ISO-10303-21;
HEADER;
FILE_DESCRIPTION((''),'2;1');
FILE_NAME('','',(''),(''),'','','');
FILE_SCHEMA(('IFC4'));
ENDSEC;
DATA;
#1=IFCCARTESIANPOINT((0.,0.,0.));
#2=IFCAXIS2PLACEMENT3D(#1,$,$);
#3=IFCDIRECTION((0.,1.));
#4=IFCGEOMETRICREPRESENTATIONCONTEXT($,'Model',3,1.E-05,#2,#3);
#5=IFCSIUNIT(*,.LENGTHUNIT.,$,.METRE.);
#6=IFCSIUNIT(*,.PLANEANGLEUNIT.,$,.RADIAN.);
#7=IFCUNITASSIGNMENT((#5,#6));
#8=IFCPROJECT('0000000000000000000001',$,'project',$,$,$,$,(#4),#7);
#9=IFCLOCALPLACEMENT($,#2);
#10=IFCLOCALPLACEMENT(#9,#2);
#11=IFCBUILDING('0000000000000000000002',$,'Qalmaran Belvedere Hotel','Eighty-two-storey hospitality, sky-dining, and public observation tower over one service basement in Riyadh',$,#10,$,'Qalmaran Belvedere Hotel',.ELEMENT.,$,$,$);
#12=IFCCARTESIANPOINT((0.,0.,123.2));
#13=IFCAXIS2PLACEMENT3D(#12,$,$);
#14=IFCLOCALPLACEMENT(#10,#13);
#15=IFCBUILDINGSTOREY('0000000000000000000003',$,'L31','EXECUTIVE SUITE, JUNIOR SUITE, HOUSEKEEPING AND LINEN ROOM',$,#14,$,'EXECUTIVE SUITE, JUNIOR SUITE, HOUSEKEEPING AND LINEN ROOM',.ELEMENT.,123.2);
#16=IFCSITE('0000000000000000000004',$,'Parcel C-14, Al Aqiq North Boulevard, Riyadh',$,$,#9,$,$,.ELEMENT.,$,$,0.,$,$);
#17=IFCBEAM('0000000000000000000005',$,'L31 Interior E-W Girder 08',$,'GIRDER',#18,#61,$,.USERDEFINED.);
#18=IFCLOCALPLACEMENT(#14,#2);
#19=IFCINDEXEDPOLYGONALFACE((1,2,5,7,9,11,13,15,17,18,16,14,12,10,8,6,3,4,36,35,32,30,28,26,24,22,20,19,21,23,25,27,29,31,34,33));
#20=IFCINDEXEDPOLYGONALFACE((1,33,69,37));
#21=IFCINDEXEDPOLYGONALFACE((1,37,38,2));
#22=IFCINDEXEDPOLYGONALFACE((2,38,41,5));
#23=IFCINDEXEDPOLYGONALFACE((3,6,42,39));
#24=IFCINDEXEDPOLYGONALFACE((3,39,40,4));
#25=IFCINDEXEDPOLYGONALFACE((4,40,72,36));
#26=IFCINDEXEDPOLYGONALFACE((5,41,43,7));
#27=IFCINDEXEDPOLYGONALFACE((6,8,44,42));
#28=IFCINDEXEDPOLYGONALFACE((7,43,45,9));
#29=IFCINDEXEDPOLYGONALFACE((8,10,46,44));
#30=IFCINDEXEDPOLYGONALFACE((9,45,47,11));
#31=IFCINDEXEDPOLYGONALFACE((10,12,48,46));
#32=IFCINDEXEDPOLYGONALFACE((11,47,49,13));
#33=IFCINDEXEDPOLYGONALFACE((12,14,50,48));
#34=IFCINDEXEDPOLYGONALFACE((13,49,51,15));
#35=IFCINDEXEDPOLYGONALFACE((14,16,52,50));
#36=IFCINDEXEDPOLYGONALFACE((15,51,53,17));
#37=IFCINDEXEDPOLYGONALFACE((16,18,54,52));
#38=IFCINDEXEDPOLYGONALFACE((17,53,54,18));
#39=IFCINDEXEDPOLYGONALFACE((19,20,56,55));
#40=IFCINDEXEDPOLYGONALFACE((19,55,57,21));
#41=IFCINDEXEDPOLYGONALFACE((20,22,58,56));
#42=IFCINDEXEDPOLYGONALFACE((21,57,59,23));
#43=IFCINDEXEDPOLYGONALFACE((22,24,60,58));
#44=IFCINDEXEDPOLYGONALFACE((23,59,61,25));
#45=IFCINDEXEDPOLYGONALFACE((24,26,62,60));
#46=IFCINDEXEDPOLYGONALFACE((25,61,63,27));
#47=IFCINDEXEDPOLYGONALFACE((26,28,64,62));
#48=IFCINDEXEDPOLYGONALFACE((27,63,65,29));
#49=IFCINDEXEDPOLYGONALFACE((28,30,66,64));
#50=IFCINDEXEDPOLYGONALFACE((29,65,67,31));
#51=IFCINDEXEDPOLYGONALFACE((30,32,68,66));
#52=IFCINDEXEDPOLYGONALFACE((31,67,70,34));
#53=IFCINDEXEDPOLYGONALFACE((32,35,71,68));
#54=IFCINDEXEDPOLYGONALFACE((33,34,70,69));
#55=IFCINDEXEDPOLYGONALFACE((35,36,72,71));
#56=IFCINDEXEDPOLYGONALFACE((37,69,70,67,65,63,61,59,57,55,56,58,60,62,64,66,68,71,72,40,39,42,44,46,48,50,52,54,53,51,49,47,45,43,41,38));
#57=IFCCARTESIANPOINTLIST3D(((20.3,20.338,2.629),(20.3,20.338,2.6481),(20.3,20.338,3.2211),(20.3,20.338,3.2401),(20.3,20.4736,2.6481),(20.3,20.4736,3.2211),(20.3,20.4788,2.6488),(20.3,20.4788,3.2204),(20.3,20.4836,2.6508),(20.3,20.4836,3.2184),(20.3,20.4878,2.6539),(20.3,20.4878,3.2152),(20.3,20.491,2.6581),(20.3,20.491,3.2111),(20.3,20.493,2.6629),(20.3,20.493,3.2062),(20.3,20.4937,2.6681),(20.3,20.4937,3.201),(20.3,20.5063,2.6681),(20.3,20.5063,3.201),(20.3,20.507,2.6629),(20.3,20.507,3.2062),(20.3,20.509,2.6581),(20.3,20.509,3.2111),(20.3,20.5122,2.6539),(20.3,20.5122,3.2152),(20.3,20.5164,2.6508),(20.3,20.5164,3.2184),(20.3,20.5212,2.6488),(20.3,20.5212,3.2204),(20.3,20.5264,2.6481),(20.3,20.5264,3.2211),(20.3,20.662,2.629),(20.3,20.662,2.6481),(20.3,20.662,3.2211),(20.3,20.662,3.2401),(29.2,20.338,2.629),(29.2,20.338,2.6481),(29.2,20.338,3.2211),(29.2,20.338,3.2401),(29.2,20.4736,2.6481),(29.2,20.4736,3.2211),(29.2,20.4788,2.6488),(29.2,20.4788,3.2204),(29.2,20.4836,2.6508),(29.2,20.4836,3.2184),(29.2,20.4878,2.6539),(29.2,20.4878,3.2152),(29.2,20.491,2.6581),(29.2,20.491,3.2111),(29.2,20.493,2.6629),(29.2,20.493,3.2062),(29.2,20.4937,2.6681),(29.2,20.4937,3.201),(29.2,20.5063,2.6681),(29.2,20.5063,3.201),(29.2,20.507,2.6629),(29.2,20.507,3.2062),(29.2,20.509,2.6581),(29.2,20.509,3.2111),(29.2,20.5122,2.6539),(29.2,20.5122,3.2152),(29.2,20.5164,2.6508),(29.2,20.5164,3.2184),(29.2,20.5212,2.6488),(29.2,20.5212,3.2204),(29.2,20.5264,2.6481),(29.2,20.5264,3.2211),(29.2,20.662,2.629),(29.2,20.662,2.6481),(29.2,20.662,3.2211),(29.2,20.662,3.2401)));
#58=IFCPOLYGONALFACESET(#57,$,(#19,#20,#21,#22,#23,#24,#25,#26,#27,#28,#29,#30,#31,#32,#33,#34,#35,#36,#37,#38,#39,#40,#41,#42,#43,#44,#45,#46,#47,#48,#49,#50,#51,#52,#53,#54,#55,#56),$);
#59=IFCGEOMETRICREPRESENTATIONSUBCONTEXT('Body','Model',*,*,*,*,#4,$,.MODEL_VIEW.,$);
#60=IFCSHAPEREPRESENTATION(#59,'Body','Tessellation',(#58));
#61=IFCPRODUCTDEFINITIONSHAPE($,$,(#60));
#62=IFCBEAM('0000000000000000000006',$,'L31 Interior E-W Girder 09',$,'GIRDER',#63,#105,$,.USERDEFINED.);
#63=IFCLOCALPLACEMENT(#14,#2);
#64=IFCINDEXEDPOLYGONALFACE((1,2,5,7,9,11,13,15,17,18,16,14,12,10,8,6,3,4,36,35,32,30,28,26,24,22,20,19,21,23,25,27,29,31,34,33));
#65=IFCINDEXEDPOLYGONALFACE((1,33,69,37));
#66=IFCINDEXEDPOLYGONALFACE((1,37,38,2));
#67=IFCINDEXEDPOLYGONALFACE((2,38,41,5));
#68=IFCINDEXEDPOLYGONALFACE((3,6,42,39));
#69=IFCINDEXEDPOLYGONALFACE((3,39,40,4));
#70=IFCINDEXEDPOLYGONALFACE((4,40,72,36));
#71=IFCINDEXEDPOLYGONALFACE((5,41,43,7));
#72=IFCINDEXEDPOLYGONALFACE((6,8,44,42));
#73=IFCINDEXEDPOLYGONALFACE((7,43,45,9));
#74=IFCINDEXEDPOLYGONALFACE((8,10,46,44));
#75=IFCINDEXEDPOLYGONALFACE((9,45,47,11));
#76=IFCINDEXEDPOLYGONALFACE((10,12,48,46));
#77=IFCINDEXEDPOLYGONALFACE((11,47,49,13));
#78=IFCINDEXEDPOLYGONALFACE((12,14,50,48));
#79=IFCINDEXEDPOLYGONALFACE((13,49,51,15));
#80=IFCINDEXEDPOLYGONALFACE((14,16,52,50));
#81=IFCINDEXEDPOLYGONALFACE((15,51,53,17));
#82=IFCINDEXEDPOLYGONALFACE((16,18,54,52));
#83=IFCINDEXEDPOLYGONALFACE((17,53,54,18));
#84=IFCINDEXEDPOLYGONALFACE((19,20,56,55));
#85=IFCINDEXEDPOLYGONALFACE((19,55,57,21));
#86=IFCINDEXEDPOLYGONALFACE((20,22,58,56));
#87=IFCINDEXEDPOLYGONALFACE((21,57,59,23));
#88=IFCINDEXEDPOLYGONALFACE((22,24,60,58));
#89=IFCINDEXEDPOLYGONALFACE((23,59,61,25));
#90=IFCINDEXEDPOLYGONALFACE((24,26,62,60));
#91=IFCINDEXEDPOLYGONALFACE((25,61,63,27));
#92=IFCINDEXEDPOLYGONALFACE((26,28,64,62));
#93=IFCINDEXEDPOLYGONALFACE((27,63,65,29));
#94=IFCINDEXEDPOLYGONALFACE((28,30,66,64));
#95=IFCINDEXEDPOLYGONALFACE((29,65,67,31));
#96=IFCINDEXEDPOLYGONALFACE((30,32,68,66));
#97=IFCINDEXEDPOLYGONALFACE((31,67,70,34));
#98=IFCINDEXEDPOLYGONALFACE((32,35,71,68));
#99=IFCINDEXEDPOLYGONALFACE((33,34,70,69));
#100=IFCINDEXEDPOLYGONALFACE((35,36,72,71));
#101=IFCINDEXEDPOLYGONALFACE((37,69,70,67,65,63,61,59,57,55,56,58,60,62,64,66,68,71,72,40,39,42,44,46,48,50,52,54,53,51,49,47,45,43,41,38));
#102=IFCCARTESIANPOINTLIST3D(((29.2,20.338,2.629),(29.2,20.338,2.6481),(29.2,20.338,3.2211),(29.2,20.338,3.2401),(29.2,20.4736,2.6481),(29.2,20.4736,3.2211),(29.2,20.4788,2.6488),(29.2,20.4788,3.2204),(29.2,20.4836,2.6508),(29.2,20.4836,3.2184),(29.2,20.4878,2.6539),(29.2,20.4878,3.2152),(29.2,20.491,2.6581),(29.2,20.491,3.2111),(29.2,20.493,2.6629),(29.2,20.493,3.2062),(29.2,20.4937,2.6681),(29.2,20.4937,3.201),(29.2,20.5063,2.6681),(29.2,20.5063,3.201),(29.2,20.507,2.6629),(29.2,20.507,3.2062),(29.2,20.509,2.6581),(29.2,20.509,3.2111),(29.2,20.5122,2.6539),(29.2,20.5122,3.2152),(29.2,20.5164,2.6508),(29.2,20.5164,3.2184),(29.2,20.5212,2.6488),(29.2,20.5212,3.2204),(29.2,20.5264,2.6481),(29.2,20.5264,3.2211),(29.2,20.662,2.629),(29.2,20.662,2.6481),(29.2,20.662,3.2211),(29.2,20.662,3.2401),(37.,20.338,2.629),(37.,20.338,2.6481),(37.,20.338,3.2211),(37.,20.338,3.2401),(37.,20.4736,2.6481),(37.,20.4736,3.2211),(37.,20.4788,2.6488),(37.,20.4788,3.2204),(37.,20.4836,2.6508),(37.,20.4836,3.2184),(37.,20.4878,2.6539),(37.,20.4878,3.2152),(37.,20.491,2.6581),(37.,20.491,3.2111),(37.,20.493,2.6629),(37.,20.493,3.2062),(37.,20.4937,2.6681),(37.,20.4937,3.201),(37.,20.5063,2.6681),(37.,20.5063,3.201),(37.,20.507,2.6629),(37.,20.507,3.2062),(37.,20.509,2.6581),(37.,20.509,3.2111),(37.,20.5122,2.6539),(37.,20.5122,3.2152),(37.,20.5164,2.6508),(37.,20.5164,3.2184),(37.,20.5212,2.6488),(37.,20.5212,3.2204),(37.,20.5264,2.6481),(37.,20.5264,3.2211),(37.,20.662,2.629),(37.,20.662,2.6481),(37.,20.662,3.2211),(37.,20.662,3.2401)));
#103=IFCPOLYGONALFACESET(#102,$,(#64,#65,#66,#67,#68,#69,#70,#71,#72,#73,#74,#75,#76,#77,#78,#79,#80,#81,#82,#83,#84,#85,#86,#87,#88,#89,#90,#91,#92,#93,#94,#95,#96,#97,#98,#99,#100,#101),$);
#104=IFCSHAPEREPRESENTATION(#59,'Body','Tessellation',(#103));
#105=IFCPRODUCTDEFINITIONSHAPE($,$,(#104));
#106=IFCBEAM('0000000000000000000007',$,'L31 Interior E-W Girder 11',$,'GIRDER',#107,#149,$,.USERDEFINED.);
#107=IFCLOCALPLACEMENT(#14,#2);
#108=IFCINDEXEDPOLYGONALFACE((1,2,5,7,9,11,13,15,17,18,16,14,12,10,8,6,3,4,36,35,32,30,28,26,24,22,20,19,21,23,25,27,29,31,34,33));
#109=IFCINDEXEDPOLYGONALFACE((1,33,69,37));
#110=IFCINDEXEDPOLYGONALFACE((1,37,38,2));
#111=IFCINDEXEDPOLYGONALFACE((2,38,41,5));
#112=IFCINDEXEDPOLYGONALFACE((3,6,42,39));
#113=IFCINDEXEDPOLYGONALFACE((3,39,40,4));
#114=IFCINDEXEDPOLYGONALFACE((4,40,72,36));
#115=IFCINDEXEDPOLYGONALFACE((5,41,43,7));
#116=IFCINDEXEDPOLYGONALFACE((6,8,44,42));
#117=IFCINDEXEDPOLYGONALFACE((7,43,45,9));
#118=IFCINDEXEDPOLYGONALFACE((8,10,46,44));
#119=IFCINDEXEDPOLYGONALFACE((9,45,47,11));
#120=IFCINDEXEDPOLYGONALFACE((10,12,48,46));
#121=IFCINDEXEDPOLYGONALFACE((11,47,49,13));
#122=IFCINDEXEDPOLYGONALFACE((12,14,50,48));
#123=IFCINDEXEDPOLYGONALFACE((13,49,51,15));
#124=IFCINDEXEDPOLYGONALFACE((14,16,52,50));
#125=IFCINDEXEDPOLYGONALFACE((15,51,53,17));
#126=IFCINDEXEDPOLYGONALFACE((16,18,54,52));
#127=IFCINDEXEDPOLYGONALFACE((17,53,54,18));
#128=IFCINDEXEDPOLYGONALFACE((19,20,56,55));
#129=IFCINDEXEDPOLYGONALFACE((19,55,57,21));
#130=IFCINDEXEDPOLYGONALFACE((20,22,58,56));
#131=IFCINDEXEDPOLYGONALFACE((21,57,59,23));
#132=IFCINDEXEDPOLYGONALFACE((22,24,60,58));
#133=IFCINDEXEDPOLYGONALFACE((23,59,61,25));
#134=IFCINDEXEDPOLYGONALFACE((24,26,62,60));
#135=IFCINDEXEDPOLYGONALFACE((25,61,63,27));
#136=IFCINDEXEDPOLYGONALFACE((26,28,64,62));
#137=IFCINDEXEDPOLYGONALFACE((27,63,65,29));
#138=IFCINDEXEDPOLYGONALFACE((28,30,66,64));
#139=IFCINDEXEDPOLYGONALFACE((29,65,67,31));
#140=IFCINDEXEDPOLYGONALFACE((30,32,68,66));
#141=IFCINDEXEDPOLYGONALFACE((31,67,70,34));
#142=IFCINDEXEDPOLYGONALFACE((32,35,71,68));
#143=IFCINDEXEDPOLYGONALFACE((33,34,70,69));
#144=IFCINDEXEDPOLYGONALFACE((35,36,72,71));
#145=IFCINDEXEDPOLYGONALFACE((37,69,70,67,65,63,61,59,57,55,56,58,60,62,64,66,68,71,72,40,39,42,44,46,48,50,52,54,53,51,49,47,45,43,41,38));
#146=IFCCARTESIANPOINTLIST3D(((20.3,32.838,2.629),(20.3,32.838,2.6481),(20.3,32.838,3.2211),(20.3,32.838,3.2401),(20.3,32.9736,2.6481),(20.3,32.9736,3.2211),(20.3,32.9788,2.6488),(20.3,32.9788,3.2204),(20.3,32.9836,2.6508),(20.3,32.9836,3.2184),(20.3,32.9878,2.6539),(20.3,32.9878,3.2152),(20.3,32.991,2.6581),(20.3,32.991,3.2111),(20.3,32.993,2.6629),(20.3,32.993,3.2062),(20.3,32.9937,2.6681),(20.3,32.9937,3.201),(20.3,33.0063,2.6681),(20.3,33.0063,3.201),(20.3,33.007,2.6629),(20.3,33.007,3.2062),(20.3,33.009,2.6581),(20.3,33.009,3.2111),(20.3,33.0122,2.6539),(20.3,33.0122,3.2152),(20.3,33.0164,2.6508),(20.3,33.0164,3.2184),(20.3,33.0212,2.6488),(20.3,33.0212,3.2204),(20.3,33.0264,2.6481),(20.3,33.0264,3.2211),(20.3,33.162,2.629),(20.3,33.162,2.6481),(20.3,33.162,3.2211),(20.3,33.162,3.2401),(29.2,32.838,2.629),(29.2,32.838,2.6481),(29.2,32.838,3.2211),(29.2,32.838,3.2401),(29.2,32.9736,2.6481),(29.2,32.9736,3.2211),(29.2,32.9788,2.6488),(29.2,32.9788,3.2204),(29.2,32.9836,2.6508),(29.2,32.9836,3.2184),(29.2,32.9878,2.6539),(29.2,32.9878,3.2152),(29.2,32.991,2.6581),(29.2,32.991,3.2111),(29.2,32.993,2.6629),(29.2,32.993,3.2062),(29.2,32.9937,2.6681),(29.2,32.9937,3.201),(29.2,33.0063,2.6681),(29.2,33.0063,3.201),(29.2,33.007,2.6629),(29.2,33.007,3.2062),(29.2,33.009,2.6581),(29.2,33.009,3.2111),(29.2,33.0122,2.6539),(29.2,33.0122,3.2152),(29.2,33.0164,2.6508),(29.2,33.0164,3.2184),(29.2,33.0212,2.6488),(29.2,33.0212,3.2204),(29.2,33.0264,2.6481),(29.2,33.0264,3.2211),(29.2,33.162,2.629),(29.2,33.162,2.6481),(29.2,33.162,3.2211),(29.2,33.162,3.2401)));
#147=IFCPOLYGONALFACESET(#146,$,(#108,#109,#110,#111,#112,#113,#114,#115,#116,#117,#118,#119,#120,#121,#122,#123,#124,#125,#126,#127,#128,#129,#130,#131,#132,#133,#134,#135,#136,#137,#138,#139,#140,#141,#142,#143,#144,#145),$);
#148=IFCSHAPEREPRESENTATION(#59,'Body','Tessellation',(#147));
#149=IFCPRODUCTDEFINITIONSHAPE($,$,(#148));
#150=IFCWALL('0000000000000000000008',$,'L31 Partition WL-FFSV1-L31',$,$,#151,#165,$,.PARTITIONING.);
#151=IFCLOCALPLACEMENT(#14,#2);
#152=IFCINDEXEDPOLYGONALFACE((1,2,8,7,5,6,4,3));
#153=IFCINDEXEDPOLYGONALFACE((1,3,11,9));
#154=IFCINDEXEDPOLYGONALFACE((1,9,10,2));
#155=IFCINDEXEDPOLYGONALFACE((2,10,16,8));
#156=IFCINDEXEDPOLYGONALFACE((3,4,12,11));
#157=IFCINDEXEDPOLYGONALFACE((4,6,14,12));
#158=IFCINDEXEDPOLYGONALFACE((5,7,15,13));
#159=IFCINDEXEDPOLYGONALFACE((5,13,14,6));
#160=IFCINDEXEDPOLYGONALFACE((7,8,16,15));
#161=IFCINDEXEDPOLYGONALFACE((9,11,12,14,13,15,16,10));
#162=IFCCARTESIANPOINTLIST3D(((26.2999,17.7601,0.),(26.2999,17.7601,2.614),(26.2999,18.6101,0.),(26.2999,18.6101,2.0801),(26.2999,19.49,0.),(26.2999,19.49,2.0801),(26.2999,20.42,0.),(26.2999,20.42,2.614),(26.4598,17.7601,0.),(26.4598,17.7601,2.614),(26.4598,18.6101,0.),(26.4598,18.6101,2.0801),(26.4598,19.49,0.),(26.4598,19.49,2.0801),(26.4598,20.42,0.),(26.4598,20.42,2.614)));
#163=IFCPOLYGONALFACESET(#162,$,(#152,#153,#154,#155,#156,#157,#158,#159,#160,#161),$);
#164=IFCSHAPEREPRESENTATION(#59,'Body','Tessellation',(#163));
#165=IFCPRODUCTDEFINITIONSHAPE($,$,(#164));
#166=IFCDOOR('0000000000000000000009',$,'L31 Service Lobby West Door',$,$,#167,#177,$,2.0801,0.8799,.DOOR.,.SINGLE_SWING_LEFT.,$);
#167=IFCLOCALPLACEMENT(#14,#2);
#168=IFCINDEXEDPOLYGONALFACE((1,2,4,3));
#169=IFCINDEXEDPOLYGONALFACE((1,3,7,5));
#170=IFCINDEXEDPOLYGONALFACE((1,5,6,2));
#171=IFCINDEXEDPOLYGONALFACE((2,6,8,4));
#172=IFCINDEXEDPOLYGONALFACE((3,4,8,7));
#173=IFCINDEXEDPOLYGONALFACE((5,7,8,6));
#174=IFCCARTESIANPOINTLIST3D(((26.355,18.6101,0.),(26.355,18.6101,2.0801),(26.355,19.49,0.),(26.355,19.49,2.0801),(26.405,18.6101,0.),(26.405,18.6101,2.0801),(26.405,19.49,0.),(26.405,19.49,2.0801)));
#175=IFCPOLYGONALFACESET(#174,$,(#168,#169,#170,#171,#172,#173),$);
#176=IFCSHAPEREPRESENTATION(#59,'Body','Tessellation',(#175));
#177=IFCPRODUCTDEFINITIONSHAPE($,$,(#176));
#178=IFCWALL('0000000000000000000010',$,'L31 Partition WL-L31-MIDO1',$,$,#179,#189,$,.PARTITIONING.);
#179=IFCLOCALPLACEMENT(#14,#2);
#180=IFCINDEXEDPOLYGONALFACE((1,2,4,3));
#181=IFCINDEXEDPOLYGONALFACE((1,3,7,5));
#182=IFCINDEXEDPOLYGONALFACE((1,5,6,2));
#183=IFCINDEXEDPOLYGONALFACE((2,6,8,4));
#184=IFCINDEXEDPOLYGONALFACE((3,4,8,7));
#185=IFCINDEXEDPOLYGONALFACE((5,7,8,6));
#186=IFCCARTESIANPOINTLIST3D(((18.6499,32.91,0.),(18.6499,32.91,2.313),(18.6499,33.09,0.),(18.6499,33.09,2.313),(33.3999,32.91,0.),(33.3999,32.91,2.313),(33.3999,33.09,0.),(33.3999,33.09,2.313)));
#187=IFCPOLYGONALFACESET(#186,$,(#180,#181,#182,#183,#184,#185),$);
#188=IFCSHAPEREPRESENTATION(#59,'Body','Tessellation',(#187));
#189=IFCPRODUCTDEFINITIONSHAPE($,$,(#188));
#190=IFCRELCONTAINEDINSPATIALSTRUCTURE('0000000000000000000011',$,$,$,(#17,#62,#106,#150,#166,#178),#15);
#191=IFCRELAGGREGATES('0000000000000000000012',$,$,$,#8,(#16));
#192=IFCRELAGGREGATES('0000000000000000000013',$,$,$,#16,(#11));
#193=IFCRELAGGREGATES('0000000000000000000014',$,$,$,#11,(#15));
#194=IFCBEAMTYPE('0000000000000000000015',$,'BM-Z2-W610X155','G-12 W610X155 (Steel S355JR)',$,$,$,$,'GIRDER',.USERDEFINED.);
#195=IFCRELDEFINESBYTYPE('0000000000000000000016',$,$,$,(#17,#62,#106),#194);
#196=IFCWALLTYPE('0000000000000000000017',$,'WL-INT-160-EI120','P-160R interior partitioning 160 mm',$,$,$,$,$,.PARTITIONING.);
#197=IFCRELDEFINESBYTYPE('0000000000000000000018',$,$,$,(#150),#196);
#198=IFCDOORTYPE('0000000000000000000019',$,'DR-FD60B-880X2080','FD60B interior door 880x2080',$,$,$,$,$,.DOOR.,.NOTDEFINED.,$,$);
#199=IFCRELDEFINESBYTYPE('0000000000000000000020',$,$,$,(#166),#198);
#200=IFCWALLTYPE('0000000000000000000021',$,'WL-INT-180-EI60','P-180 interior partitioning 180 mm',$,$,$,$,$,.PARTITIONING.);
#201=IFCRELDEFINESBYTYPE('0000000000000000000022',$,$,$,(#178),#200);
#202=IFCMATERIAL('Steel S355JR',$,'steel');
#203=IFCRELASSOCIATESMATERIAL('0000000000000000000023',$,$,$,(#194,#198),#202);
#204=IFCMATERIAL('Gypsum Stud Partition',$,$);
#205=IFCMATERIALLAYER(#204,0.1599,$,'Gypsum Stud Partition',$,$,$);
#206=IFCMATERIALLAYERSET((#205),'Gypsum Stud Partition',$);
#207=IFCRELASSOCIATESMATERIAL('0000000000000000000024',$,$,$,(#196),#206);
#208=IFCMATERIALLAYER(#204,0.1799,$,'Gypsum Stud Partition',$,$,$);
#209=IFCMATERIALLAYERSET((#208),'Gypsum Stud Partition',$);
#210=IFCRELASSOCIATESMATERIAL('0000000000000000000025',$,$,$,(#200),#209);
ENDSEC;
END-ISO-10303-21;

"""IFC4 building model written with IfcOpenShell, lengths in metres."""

from ifc_helpers import new_model, si_unit, direction, frame, frame_2d, origin, origin_2d, place, context, subcontext, project, spatial, rectangle, i_section, extrude, material, layer, layer_set, material_profile, profile_set, type_object, element, fill, save


model = new_model("IFC4")

# Units and contexts
model_context = context("Model", 3, precision=1e-05, world=origin(), true_north=direction((0.0, 1.0)))
body_context = subcontext(model_context, "Body", "Model", "MODEL_VIEW")
ifc_project = project(units=[si_unit("LENGTHUNIT", "METRE"), si_unit("PLANEANGLEUNIT", "RADIAN")], contexts=[model_context])

# Site, building, storey
site_placement = place(None, origin())
site = spatial("IfcSite", under=ifc_project, at=site_placement, Name="Parcel C-14, Al Aqiq North Boulevard, Riyadh", CompositionType="ELEMENT", RefElevation=0.0)
building_placement = place(site_placement, origin())
building = spatial("IfcBuilding", under=site, at=building_placement, Name="Qalmaran Belvedere Hotel", Description="Eighty-two-storey hospitality, sky-dining, and public observation tower over one service basement in Riyadh", LongName="Qalmaran Belvedere Hotel", CompositionType="ELEMENT")
storey_placement = place(building_placement, frame((0.0, 0.0, 123.2)))
storey = spatial("IfcBuildingStorey", under=building, at=storey_placement, Name="L31", Description="EXECUTIVE SUITE, JUNIOR SUITE, HOUSEKEEPING AND LINEN ROOM", LongName="EXECUTIVE SUITE, JUNIOR SUITE, HOUSEKEEPING AND LINEN ROOM", CompositionType="ELEMENT", Elevation=123.2)

# Beams
ifc_material_1 = material(Name="Steel S355JR", Category="steel")
ifc_material_profile_1 = material_profile(ifc_material_1, i_section(OverallWidth=0.324, OverallDepth=0.6111, WebThickness=0.0127, FlangeThickness=0.019, FilletRadius=0.02, at=origin_2d()), Name="W610X155")
ifc_profile_set_1 = profile_set([ifc_material_profile_1], Name="Steel S355JR")
beam_type_1 = type_object("IfcBeamType", Name="BM-Z2-W610X155", Description="G-12 W610X155 (Steel S355JR)", ElementType="GIRDER", PredefinedType="USERDEFINED", material=ifc_profile_set_1)
beam_1_placement = place(storey_placement, frame((20.3, 20.5, 2.9346), z_axis=(1.0, 0.0, 0.0), x_axis=(0.0, 1.0, 0.0)))
element("IfcBeam", 1, at=beam_1_placement, inside=storey, type_object=beam_type_1, Name="L31 Interior E-W Girder 08", ObjectType="GIRDER", PredefinedType="USERDEFINED", context=body_context, shape_type="SweptSolid", body=[
    extrude(i_section(OverallWidth=0.324, OverallDepth=0.6111, WebThickness=0.0127, FlangeThickness=0.019, FilletRadius=0.02, at=origin_2d()), origin(), (0.0, 0.0, 1.0), 8.8999),
])
beam_2_placement = place(storey_placement, frame((29.2, 20.5, 2.9346), z_axis=(1.0, 0.0, 0.0), x_axis=(0.0, 1.0, 0.0)))
element("IfcBeam", 2, at=beam_2_placement, inside=storey, type_object=beam_type_1, Name="L31 Interior E-W Girder 09", ObjectType="GIRDER", PredefinedType="USERDEFINED", context=body_context, shape_type="SweptSolid", body=[
    extrude(i_section(OverallWidth=0.324, OverallDepth=0.6111, WebThickness=0.0127, FlangeThickness=0.019, FilletRadius=0.02, at=origin_2d()), origin(), (0.0, 0.0, 1.0), 7.8),
])
beam_3_placement = place(storey_placement, frame((20.3, 33.0, 2.9346), z_axis=(1.0, 0.0, 0.0), x_axis=(0.0, 1.0, 0.0)))
element("IfcBeam", 3, at=beam_3_placement, inside=storey, type_object=beam_type_1, Name="L31 Interior E-W Girder 11", ObjectType="GIRDER", PredefinedType="USERDEFINED", context=body_context, shape_type="SweptSolid", body=[
    extrude(i_section(OverallWidth=0.324, OverallDepth=0.6111, WebThickness=0.0127, FlangeThickness=0.019, FilletRadius=0.02, at=origin_2d()), origin(), (0.0, 0.0, 1.0), 8.8999),
])

# Wall, opening, door
ifc_material_2 = material(Name="Gypsum Stud Partition")
ifc_layer_1 = layer(ifc_material_2, 0.1599, Name="Gypsum Stud Partition")
ifc_layer_set_1 = layer_set([ifc_layer_1], Name="Gypsum Stud Partition")
wall_type_1 = type_object("IfcWallType", Name="WL-INT-160-EI120", Description="P-160R interior partitioning 160 mm", PredefinedType="PARTITIONING", material=ifc_layer_set_1)
wall_1_placement = place(storey_placement, frame((26.3799, 17.76, 0.0), z_axis=(0.0, 0.0, 1.0), x_axis=(0.0, 1.0, 0.0)))
wall_1 = element("IfcWall", 4, at=wall_1_placement, inside=storey, type_object=wall_type_1, Name="L31 Partition WL-FFSV1-L31", PredefinedType="PARTITIONING", context=body_context, shape_type="SweptSolid", body=[
    extrude(rectangle(XDim=2.6599, YDim=0.1599, at=frame_2d((1.3301, 0.0))), origin(), (0.0, 0.0, 1.0), 2.614),
])
opening_1_placement = place(wall_1_placement, frame((0.8501, 0.0, 0.0)))
opening_1 = element("IfcOpeningElement", 5, at=opening_1_placement, cuts=wall_1, PredefinedType="OPENING", context=body_context, shape_type="SweptSolid", body=[
    extrude(rectangle(XDim=0.8799, YDim=2.0801, at=frame_2d((0.4399, 1.04))), frame((0.0, 0.0898, 0.0), z_axis=(0.0, -1.0, 0.0), x_axis=(1.0, 0.0, 0.0)), (0.0, 0.0, 1.0), 0.1799),
])
door_type_1 = type_object("IfcDoorType", Name="DR-FD60B-880X2080", Description="FD60B interior door 880x2080", OperationType="NOTDEFINED", PredefinedType="DOOR", material=ifc_material_1)
door_1_placement = place(opening_1_placement, origin())
door_1 = element("IfcDoor", 6, at=door_1_placement, inside=storey, type_object=door_type_1, Name="L31 Service Lobby West Door", OperationType="SINGLE_SWING_LEFT", OverallHeight=2.0801, OverallWidth=0.8799, PredefinedType="DOOR", context=body_context, shape_type="SweptSolid", body=[
    extrude(rectangle(XDim=0.8799, YDim=2.0801, at=frame_2d((0.4399, 1.04))), frame((0.0, 0.0249, 0.0), z_axis=(0.0, -1.0, 0.0), x_axis=(1.0, 0.0, 0.0)), (0.0, 0.0, 1.0), 0.05),
])
fill(opening_1, door_1)

# Wall
ifc_layer_2 = layer(ifc_material_2, 0.1799, Name="Gypsum Stud Partition")
ifc_layer_set_2 = layer_set([ifc_layer_2], Name="Gypsum Stud Partition")
wall_type_2 = type_object("IfcWallType", Name="WL-INT-180-EI60", Description="P-180 interior partitioning 180 mm", PredefinedType="PARTITIONING", material=ifc_layer_set_2)
wall_2_placement = place(storey_placement, frame((18.6499, 33.0, 0.0), z_axis=(0.0, 0.0, 1.0), x_axis=(1.0, 0.0, 0.0)))
element("IfcWall", 7, at=wall_2_placement, inside=storey, type_object=wall_type_2, Name="L31 Partition WL-L31-MIDO1", PredefinedType="PARTITIONING", context=body_context, shape_type="SweptSolid", body=[
    extrude(rectangle(XDim=14.75, YDim=0.1799, at=frame_2d((7.375, 0.0))), origin(), (0.0, 0.0, 1.0), 2.313),
])

save(model, "model.ifc")
